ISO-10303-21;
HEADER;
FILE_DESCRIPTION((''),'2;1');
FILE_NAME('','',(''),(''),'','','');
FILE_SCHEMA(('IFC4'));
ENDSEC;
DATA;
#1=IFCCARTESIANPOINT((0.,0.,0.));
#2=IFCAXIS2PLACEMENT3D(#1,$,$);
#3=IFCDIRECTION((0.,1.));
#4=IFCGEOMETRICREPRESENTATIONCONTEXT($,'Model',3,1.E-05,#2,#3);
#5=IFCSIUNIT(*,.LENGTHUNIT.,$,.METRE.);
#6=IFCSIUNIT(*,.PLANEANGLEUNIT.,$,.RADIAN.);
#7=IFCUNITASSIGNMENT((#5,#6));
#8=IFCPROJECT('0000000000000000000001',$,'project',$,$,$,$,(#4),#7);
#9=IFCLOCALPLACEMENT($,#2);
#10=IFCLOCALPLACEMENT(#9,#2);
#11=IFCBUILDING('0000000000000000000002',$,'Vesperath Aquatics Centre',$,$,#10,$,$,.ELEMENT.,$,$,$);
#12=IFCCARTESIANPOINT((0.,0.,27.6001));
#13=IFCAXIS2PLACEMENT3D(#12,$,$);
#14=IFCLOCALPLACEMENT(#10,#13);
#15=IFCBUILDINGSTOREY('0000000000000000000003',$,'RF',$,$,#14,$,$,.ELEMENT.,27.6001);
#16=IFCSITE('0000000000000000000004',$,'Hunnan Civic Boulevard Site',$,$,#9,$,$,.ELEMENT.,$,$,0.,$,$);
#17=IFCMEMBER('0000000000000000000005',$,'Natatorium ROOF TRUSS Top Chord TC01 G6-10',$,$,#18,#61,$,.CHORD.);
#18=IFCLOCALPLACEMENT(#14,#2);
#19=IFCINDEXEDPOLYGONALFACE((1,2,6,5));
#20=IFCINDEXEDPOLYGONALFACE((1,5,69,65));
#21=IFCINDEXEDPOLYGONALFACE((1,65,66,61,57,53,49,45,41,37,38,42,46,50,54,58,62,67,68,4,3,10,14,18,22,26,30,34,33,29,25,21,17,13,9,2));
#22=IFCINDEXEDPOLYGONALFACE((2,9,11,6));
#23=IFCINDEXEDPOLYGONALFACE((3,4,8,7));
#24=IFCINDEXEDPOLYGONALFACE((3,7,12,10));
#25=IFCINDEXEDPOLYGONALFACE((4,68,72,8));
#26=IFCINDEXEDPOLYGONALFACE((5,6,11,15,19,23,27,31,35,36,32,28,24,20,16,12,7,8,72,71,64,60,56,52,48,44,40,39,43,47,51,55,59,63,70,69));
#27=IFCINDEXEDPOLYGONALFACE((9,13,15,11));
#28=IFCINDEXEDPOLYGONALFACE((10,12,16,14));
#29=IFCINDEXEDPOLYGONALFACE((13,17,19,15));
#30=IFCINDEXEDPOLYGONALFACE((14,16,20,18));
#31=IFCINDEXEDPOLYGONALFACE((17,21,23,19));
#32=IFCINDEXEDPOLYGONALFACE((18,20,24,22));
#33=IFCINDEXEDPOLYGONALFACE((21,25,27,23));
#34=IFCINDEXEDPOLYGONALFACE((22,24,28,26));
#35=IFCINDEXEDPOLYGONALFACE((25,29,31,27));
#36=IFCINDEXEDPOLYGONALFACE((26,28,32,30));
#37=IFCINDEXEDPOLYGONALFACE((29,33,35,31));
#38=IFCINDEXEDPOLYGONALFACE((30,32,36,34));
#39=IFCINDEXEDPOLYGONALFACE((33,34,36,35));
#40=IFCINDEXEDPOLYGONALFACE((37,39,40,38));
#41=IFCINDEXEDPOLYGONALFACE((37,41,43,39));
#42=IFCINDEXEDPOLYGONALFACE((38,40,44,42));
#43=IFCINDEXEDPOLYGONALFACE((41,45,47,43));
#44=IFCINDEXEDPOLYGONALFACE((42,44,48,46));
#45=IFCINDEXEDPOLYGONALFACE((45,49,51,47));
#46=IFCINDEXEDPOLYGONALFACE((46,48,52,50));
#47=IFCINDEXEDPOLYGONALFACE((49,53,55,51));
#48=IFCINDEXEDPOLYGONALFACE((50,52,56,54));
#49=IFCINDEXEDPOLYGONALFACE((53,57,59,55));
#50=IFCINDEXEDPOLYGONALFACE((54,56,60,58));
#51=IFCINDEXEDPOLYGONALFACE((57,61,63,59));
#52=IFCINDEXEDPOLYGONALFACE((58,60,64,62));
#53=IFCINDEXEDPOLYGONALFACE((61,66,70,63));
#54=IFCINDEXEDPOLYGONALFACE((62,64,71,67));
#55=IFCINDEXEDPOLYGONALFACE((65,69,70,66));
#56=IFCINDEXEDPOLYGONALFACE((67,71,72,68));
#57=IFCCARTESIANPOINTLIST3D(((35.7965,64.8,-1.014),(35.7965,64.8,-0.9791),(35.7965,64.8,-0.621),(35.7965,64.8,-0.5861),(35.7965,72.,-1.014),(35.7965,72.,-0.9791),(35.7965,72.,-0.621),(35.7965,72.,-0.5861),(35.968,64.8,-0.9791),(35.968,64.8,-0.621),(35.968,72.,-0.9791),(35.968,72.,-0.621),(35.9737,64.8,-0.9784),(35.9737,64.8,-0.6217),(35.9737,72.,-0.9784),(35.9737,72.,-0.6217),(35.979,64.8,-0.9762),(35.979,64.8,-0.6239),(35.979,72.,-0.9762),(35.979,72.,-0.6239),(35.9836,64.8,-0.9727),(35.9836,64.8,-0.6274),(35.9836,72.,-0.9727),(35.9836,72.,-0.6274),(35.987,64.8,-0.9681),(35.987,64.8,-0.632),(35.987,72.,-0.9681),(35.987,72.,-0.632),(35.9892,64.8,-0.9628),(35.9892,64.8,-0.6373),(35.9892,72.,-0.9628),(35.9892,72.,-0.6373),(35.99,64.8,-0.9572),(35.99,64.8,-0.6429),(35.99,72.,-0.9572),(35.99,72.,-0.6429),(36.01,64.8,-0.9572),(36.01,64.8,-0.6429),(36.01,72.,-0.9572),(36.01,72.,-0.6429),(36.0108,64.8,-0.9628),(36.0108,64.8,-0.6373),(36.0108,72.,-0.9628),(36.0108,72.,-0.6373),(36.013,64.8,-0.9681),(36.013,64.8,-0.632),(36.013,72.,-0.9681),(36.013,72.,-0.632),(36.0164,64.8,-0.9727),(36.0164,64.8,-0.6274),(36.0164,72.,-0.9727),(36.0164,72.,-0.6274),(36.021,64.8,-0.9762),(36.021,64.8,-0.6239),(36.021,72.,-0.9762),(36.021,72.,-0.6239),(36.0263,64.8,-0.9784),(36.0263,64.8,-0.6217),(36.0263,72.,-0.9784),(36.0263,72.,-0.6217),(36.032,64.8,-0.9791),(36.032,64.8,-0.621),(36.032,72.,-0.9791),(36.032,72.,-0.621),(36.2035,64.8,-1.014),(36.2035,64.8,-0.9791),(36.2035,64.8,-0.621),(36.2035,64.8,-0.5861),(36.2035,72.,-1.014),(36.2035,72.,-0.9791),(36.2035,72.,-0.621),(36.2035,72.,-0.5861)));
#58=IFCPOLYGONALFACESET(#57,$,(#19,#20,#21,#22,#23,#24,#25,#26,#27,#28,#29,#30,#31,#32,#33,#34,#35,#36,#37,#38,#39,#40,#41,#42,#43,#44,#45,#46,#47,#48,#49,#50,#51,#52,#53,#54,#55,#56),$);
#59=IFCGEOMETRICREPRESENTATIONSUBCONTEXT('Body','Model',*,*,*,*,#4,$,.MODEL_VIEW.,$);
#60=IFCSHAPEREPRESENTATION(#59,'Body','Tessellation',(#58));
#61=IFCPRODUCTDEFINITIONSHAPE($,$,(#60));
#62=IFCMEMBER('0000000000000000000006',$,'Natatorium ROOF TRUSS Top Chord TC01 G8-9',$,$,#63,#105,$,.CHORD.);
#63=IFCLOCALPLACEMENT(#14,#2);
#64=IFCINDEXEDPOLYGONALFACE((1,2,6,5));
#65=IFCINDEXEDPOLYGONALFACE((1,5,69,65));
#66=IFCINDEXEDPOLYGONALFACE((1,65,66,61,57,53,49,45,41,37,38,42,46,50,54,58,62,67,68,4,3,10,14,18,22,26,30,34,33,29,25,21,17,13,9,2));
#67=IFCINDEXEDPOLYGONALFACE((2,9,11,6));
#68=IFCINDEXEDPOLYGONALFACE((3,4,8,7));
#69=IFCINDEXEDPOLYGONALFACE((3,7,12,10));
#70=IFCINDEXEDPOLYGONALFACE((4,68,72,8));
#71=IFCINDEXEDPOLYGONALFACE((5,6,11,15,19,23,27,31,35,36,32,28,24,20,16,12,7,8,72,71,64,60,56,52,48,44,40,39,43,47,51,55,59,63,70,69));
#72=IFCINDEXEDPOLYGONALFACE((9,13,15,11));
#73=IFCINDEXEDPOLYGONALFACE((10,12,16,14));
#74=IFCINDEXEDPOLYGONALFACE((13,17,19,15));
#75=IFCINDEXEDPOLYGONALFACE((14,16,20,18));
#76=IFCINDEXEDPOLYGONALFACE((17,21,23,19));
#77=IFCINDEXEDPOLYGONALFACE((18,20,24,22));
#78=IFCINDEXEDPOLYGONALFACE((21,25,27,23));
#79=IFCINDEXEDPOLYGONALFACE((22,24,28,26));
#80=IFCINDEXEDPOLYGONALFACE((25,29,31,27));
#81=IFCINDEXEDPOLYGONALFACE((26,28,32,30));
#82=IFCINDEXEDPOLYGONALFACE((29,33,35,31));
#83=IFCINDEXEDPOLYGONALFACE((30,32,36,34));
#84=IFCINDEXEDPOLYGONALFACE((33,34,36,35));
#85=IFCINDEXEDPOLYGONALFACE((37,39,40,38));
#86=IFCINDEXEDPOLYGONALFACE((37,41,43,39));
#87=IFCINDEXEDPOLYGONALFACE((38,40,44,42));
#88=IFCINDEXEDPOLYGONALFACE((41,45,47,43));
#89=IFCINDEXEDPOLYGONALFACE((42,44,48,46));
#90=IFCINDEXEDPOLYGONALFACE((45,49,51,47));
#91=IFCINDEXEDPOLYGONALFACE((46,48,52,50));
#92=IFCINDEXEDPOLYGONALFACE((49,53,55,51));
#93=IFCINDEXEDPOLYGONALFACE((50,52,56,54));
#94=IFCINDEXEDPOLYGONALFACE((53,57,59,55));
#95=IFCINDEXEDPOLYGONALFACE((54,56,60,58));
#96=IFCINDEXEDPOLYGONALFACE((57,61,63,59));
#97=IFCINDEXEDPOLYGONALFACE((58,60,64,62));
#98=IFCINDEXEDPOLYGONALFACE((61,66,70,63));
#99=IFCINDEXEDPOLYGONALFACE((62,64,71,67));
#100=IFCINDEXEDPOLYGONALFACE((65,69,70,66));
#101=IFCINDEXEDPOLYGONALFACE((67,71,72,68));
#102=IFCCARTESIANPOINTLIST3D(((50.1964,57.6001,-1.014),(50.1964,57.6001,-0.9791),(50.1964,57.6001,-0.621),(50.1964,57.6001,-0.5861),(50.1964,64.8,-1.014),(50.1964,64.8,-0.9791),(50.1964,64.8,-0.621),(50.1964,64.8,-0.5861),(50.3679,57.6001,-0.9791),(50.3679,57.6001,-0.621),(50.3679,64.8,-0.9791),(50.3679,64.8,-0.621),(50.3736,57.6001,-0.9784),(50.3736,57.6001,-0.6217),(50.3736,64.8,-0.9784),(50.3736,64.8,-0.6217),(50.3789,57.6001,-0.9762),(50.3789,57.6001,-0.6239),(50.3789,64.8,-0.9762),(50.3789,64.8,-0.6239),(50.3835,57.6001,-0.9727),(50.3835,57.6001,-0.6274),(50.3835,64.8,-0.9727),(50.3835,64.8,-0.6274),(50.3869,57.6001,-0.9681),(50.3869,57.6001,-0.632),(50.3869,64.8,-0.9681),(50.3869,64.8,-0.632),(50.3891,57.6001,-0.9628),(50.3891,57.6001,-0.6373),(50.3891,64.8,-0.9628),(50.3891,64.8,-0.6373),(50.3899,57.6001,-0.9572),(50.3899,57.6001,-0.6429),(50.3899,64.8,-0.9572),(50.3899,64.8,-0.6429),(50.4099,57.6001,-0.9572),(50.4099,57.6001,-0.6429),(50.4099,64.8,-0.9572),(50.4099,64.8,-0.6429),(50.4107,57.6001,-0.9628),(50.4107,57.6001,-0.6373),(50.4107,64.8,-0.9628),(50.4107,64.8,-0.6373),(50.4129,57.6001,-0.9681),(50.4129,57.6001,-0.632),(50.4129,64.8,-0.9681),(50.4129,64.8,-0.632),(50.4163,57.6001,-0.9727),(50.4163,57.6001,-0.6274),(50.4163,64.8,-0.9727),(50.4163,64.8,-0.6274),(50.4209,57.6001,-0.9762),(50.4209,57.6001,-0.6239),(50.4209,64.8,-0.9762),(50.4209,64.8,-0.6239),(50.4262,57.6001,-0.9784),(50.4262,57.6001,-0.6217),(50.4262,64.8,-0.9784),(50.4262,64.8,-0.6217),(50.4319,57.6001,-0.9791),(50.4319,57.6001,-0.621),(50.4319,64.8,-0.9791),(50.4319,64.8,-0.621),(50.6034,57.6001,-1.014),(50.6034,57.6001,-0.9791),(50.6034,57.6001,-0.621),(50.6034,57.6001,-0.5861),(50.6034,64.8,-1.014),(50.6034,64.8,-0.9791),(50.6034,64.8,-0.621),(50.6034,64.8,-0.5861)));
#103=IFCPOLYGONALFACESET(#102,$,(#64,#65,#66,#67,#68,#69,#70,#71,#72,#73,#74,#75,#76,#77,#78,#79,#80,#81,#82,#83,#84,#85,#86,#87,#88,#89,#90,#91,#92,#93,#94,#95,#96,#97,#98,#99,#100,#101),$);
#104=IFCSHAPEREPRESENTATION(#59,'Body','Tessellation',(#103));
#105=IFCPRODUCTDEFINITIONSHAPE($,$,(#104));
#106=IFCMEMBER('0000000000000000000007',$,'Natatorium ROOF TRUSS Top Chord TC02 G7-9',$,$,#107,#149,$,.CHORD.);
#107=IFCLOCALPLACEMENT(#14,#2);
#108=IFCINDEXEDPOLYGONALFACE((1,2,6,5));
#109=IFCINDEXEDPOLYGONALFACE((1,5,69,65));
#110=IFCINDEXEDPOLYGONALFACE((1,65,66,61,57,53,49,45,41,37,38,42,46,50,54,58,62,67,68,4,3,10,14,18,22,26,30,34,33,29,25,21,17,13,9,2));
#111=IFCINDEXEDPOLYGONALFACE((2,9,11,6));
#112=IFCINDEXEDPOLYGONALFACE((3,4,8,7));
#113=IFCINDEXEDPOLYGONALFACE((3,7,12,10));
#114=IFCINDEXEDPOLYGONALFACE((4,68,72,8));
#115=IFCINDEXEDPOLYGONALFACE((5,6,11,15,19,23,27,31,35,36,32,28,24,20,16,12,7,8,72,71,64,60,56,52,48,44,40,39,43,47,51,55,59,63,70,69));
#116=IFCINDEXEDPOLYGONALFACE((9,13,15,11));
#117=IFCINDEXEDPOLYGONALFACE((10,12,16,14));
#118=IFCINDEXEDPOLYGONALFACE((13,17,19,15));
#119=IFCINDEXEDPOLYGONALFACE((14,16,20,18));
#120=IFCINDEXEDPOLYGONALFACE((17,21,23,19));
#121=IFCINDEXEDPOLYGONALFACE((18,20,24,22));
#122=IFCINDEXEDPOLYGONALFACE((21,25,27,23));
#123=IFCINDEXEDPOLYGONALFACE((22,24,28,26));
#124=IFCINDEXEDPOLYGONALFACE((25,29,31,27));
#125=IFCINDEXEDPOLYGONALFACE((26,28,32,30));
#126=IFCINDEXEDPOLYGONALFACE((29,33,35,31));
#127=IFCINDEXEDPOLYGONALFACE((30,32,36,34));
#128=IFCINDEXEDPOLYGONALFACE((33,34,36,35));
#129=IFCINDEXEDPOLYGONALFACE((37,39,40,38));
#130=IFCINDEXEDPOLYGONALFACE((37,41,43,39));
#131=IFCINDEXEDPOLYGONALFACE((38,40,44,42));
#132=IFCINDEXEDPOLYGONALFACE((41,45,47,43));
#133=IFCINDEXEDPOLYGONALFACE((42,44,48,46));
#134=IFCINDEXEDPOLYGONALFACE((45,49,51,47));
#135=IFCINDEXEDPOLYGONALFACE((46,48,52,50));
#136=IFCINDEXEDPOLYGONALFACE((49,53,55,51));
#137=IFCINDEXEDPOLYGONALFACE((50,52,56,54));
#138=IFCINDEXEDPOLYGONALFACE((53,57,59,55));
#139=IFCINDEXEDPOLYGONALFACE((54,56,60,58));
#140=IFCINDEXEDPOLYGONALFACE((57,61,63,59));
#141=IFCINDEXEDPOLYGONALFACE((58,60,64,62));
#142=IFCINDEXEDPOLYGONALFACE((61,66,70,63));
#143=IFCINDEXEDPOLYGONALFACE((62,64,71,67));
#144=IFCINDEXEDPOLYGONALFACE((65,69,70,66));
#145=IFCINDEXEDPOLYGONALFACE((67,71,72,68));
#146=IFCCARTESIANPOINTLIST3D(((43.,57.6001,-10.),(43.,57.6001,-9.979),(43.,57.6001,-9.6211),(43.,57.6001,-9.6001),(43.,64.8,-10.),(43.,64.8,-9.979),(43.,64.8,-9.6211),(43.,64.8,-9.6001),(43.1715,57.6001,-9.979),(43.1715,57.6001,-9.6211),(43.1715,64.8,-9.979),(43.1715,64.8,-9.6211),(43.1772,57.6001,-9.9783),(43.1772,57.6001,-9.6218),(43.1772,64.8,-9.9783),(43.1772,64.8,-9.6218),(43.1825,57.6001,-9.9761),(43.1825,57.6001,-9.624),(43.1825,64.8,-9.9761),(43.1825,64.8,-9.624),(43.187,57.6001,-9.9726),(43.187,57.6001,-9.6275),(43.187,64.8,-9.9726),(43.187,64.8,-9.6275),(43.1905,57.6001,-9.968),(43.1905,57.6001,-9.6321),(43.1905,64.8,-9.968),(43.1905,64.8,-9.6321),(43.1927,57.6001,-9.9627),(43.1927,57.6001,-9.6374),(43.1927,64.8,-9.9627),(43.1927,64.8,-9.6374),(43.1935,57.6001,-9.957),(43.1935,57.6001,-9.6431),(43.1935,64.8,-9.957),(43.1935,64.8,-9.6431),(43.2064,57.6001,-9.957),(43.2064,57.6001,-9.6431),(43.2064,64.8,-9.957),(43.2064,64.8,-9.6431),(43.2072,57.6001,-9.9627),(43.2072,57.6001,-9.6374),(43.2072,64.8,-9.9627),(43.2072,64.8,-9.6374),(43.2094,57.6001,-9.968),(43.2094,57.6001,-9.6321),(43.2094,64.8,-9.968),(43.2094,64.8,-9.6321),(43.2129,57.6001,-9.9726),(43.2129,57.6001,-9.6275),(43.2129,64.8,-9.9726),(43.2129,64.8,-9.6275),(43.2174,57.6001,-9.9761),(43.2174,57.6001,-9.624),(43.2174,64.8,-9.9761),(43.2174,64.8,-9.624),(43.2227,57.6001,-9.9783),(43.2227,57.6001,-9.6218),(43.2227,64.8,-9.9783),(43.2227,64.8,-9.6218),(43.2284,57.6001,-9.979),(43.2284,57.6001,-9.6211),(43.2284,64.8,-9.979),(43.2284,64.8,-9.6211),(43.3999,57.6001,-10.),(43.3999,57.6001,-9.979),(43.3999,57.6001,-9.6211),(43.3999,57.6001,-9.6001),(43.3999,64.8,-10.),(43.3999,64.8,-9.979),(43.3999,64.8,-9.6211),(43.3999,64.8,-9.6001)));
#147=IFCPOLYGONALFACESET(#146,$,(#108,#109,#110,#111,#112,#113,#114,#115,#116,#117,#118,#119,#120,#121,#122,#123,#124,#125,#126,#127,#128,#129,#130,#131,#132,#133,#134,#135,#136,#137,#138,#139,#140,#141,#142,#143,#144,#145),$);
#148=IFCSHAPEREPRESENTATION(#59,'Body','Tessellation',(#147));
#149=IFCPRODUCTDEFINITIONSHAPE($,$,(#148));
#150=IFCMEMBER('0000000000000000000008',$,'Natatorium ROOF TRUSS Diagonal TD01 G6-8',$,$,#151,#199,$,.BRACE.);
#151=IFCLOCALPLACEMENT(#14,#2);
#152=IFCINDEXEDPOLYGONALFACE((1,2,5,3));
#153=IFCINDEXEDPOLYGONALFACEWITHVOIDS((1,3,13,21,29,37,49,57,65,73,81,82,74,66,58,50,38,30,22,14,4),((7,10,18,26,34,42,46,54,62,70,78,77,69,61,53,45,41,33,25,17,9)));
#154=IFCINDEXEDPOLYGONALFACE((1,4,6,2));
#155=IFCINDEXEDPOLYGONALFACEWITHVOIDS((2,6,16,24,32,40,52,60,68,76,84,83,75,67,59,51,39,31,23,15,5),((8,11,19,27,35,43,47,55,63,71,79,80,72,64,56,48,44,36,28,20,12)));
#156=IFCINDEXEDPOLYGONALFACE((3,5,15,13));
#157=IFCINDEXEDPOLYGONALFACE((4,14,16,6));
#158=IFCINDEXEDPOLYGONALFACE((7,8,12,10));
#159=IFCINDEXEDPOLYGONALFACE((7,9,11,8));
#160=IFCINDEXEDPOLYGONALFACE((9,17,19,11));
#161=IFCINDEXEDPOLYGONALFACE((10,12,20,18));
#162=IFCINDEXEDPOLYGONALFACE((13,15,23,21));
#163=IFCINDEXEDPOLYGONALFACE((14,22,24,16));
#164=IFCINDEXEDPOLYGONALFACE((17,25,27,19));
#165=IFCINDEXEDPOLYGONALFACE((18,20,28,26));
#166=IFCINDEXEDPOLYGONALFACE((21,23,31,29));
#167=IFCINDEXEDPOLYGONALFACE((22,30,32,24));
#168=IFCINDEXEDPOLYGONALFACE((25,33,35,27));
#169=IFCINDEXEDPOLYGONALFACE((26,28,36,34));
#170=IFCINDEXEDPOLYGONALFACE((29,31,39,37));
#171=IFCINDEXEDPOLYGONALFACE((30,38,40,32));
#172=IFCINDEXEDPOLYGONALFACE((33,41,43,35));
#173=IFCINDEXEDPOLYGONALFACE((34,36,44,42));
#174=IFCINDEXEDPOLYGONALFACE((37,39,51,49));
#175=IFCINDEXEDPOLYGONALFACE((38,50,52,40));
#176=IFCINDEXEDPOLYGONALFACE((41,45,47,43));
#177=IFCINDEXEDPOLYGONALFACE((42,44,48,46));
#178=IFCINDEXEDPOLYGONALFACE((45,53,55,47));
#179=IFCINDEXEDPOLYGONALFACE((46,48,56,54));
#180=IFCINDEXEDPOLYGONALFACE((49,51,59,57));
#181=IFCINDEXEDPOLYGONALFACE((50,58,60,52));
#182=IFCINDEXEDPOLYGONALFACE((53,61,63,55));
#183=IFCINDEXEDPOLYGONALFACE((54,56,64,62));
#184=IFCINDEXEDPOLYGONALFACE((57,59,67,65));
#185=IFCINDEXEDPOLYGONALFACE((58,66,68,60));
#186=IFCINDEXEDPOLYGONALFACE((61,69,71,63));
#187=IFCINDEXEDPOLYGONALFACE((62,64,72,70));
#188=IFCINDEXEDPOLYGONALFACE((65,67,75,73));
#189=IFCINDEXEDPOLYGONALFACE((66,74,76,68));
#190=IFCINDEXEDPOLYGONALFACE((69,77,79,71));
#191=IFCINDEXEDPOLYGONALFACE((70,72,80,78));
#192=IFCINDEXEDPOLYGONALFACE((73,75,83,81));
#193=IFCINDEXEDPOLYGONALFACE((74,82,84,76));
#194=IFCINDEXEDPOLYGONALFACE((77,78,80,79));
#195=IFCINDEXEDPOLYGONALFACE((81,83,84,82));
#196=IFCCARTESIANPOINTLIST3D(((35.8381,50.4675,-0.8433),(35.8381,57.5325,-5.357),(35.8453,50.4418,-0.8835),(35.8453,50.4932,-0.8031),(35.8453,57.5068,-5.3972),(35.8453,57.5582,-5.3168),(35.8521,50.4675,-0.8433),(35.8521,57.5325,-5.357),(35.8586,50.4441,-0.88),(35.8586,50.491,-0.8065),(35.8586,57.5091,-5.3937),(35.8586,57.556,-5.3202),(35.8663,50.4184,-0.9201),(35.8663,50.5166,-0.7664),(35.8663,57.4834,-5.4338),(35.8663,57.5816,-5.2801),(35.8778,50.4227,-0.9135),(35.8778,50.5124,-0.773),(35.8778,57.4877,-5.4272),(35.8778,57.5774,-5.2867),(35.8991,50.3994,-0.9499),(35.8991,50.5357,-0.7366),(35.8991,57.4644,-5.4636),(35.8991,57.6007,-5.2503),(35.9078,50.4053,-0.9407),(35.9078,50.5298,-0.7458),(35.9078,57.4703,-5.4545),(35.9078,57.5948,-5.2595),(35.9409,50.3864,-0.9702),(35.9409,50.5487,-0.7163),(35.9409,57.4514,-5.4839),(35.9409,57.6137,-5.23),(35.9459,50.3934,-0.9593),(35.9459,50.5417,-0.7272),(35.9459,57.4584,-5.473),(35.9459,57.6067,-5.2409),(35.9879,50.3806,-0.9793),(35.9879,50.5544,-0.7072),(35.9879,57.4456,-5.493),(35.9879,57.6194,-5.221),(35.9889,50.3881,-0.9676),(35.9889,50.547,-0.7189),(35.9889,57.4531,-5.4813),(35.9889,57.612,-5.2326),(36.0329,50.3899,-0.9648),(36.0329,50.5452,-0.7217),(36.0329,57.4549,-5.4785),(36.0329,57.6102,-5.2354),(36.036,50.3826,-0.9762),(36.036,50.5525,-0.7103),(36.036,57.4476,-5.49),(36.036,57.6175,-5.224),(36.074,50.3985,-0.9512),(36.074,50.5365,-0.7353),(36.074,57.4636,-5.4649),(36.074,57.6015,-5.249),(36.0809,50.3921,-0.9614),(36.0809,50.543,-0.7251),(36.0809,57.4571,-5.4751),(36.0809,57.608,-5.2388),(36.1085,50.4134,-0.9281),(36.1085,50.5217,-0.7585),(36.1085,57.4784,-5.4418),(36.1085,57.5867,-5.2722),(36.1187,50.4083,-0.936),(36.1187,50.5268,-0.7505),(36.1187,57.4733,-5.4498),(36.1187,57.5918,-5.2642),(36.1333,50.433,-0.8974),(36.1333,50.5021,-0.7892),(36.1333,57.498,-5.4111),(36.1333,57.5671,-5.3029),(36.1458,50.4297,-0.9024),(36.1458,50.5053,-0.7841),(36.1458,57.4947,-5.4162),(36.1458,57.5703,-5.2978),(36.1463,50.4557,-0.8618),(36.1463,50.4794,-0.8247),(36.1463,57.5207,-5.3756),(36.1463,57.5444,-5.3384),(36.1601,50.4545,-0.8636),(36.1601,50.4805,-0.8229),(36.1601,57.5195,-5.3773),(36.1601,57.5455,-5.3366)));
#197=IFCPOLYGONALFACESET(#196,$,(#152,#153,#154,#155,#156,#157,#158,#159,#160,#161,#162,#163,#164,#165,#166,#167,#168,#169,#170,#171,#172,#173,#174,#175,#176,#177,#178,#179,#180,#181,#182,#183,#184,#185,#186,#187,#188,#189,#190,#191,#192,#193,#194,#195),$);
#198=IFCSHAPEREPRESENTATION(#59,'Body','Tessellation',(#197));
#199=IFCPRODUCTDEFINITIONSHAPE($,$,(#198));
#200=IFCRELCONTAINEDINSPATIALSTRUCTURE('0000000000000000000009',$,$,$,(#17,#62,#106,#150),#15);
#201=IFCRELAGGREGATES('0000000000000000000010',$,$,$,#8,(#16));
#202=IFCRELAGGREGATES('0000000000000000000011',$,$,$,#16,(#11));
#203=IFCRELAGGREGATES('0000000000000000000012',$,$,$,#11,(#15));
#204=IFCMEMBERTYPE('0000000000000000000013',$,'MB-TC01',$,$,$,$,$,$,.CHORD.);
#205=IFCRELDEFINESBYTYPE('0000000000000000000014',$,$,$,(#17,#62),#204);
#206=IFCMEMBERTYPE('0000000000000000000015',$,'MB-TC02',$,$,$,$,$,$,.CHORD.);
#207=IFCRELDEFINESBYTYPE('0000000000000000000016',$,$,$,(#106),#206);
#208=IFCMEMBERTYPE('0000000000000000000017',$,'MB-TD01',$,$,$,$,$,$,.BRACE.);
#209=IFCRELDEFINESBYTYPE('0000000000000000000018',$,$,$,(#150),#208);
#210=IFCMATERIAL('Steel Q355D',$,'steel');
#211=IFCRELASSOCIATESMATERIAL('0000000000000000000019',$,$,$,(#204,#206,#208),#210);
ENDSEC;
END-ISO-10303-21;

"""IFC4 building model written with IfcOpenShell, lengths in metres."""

from ifc_helpers import new_model, si_unit, direction, frame, origin, origin_2d, place, context, subcontext, project, spatial, hollow_circle, i_section, extrude, material, material_profile, profile_set, type_object, element, save


model = new_model("IFC4")

# Units and contexts
model_context = context("Model", 3, precision=1e-05, world=origin(), true_north=direction((0.0, 1.0)))
body_context = subcontext(model_context, "Body", "Model", "MODEL_VIEW")
ifc_project = project(units=[si_unit("LENGTHUNIT", "METRE"), si_unit("PLANEANGLEUNIT", "RADIAN")], contexts=[model_context])

# Site, building, storey
site_placement = place(None, origin())
site = spatial("IfcSite", under=ifc_project, at=site_placement, Name="Hunnan Civic Boulevard Site", CompositionType="ELEMENT", RefElevation=0.0)
building_placement = place(site_placement, origin())
building = spatial("IfcBuilding", under=site, at=building_placement, Name="Vesperath Aquatics Centre", CompositionType="ELEMENT")
storey_placement = place(building_placement, frame((0.0, 0.0, 27.6001)))
storey = spatial("IfcBuildingStorey", under=building, at=storey_placement, Name="RF", CompositionType="ELEMENT", Elevation=27.6001)

# Members
ifc_material_1 = material(Name="Steel Q355D", Category="steel")
ifc_material_profile_1 = material_profile(ifc_material_1, i_section(OverallWidth=0.407, OverallDepth=0.428, WebThickness=0.02, FlangeThickness=0.0349, FilletRadius=0.022, at=origin_2d()), Name="HW 428x407x20x35")
ifc_profile_set_1 = profile_set([ifc_material_profile_1], Name="Steel Q355D")
member_type_1 = type_object("IfcMemberType", Name="MB-TC01", PredefinedType="CHORD", material=ifc_profile_set_1)
for number, where, z_axis, x_axis, name in (
    (1, (36.0, 64.8, -0.8), (0.0, 1.0, 0.0), (-1.0, 0.0, 0.0), "Natatorium ROOF TRUSS Top Chord TC01 G6-10"),
    (2, (50.3999, 57.6001, -0.8), (0.0, 1.0, 0.0), (-1.0, 0.0, 0.0), "Natatorium ROOF TRUSS Top Chord TC01 G8-9"),
):
    element("IfcMember", number, at=place(storey_placement, frame(where, z_axis=z_axis, x_axis=x_axis)), inside=storey, type_object=member_type_1, Name=name, PredefinedType="CHORD", context=body_context, shape_type="SweptSolid", body=[
        extrude(i_section(OverallWidth=0.407, OverallDepth=0.428, WebThickness=0.02, FlangeThickness=0.0349, FilletRadius=0.022, at=origin_2d()), origin(), (0.0, 0.0, 1.0), 7.2),
    ])
ifc_material_profile_2 = material_profile(ifc_material_1, i_section(OverallWidth=0.3999, OverallDepth=0.3999, WebThickness=0.0129, FlangeThickness=0.021, FilletRadius=0.022, at=origin_2d()), Name="HW 400x400x13x21")
ifc_profile_set_2 = profile_set([ifc_material_profile_2], Name="Steel Q355D")
member_type_2 = type_object("IfcMemberType", Name="MB-TC02", PredefinedType="CHORD", material=ifc_profile_set_2)
member_1_placement = place(storey_placement, frame((43.2, 57.6001, -9.8), z_axis=(0.0, 1.0, 0.0), x_axis=(-1.0, 0.0, 0.0)))
element("IfcMember", 3, at=member_1_placement, inside=storey, type_object=member_type_2, Name="Natatorium ROOF TRUSS Top Chord TC02 G7-9", PredefinedType="CHORD", context=body_context, shape_type="SweptSolid", body=[
    extrude(i_section(OverallWidth=0.3999, OverallDepth=0.3999, WebThickness=0.0129, FlangeThickness=0.021, FilletRadius=0.022, at=origin_2d()), origin(), (0.0, 0.0, 1.0), 7.2),
])
ifc_material_profile_3 = material_profile(ifc_material_1, hollow_circle(Radius=0.1619, WallThickness=0.0139, at=origin_2d()), Name="CHS 323.9x14")
ifc_profile_set_3 = profile_set([ifc_material_profile_3], Name="Steel Q355D")
member_type_3 = type_object("IfcMemberType", Name="MB-TD01", PredefinedType="BRACE", material=ifc_profile_set_3)
member_2_placement = place(storey_placement, frame((36.0, 50.4675, -0.8433), z_axis=(0.0, 0.842698, -0.538386), x_axis=(-1.0, 0.0, 0.0)))
element("IfcMember", 4, at=member_2_placement, inside=storey, type_object=member_type_3, Name="Natatorium ROOF TRUSS Diagonal TD01 G6-8", PredefinedType="BRACE", context=body_context, shape_type="SweptSolid", body=[
    extrude(hollow_circle(Radius=0.1619, WallThickness=0.0139, at=origin_2d()), origin(), (0.0, 0.0, 1.0), 8.3838),
])

save(model, "model.ifc")
